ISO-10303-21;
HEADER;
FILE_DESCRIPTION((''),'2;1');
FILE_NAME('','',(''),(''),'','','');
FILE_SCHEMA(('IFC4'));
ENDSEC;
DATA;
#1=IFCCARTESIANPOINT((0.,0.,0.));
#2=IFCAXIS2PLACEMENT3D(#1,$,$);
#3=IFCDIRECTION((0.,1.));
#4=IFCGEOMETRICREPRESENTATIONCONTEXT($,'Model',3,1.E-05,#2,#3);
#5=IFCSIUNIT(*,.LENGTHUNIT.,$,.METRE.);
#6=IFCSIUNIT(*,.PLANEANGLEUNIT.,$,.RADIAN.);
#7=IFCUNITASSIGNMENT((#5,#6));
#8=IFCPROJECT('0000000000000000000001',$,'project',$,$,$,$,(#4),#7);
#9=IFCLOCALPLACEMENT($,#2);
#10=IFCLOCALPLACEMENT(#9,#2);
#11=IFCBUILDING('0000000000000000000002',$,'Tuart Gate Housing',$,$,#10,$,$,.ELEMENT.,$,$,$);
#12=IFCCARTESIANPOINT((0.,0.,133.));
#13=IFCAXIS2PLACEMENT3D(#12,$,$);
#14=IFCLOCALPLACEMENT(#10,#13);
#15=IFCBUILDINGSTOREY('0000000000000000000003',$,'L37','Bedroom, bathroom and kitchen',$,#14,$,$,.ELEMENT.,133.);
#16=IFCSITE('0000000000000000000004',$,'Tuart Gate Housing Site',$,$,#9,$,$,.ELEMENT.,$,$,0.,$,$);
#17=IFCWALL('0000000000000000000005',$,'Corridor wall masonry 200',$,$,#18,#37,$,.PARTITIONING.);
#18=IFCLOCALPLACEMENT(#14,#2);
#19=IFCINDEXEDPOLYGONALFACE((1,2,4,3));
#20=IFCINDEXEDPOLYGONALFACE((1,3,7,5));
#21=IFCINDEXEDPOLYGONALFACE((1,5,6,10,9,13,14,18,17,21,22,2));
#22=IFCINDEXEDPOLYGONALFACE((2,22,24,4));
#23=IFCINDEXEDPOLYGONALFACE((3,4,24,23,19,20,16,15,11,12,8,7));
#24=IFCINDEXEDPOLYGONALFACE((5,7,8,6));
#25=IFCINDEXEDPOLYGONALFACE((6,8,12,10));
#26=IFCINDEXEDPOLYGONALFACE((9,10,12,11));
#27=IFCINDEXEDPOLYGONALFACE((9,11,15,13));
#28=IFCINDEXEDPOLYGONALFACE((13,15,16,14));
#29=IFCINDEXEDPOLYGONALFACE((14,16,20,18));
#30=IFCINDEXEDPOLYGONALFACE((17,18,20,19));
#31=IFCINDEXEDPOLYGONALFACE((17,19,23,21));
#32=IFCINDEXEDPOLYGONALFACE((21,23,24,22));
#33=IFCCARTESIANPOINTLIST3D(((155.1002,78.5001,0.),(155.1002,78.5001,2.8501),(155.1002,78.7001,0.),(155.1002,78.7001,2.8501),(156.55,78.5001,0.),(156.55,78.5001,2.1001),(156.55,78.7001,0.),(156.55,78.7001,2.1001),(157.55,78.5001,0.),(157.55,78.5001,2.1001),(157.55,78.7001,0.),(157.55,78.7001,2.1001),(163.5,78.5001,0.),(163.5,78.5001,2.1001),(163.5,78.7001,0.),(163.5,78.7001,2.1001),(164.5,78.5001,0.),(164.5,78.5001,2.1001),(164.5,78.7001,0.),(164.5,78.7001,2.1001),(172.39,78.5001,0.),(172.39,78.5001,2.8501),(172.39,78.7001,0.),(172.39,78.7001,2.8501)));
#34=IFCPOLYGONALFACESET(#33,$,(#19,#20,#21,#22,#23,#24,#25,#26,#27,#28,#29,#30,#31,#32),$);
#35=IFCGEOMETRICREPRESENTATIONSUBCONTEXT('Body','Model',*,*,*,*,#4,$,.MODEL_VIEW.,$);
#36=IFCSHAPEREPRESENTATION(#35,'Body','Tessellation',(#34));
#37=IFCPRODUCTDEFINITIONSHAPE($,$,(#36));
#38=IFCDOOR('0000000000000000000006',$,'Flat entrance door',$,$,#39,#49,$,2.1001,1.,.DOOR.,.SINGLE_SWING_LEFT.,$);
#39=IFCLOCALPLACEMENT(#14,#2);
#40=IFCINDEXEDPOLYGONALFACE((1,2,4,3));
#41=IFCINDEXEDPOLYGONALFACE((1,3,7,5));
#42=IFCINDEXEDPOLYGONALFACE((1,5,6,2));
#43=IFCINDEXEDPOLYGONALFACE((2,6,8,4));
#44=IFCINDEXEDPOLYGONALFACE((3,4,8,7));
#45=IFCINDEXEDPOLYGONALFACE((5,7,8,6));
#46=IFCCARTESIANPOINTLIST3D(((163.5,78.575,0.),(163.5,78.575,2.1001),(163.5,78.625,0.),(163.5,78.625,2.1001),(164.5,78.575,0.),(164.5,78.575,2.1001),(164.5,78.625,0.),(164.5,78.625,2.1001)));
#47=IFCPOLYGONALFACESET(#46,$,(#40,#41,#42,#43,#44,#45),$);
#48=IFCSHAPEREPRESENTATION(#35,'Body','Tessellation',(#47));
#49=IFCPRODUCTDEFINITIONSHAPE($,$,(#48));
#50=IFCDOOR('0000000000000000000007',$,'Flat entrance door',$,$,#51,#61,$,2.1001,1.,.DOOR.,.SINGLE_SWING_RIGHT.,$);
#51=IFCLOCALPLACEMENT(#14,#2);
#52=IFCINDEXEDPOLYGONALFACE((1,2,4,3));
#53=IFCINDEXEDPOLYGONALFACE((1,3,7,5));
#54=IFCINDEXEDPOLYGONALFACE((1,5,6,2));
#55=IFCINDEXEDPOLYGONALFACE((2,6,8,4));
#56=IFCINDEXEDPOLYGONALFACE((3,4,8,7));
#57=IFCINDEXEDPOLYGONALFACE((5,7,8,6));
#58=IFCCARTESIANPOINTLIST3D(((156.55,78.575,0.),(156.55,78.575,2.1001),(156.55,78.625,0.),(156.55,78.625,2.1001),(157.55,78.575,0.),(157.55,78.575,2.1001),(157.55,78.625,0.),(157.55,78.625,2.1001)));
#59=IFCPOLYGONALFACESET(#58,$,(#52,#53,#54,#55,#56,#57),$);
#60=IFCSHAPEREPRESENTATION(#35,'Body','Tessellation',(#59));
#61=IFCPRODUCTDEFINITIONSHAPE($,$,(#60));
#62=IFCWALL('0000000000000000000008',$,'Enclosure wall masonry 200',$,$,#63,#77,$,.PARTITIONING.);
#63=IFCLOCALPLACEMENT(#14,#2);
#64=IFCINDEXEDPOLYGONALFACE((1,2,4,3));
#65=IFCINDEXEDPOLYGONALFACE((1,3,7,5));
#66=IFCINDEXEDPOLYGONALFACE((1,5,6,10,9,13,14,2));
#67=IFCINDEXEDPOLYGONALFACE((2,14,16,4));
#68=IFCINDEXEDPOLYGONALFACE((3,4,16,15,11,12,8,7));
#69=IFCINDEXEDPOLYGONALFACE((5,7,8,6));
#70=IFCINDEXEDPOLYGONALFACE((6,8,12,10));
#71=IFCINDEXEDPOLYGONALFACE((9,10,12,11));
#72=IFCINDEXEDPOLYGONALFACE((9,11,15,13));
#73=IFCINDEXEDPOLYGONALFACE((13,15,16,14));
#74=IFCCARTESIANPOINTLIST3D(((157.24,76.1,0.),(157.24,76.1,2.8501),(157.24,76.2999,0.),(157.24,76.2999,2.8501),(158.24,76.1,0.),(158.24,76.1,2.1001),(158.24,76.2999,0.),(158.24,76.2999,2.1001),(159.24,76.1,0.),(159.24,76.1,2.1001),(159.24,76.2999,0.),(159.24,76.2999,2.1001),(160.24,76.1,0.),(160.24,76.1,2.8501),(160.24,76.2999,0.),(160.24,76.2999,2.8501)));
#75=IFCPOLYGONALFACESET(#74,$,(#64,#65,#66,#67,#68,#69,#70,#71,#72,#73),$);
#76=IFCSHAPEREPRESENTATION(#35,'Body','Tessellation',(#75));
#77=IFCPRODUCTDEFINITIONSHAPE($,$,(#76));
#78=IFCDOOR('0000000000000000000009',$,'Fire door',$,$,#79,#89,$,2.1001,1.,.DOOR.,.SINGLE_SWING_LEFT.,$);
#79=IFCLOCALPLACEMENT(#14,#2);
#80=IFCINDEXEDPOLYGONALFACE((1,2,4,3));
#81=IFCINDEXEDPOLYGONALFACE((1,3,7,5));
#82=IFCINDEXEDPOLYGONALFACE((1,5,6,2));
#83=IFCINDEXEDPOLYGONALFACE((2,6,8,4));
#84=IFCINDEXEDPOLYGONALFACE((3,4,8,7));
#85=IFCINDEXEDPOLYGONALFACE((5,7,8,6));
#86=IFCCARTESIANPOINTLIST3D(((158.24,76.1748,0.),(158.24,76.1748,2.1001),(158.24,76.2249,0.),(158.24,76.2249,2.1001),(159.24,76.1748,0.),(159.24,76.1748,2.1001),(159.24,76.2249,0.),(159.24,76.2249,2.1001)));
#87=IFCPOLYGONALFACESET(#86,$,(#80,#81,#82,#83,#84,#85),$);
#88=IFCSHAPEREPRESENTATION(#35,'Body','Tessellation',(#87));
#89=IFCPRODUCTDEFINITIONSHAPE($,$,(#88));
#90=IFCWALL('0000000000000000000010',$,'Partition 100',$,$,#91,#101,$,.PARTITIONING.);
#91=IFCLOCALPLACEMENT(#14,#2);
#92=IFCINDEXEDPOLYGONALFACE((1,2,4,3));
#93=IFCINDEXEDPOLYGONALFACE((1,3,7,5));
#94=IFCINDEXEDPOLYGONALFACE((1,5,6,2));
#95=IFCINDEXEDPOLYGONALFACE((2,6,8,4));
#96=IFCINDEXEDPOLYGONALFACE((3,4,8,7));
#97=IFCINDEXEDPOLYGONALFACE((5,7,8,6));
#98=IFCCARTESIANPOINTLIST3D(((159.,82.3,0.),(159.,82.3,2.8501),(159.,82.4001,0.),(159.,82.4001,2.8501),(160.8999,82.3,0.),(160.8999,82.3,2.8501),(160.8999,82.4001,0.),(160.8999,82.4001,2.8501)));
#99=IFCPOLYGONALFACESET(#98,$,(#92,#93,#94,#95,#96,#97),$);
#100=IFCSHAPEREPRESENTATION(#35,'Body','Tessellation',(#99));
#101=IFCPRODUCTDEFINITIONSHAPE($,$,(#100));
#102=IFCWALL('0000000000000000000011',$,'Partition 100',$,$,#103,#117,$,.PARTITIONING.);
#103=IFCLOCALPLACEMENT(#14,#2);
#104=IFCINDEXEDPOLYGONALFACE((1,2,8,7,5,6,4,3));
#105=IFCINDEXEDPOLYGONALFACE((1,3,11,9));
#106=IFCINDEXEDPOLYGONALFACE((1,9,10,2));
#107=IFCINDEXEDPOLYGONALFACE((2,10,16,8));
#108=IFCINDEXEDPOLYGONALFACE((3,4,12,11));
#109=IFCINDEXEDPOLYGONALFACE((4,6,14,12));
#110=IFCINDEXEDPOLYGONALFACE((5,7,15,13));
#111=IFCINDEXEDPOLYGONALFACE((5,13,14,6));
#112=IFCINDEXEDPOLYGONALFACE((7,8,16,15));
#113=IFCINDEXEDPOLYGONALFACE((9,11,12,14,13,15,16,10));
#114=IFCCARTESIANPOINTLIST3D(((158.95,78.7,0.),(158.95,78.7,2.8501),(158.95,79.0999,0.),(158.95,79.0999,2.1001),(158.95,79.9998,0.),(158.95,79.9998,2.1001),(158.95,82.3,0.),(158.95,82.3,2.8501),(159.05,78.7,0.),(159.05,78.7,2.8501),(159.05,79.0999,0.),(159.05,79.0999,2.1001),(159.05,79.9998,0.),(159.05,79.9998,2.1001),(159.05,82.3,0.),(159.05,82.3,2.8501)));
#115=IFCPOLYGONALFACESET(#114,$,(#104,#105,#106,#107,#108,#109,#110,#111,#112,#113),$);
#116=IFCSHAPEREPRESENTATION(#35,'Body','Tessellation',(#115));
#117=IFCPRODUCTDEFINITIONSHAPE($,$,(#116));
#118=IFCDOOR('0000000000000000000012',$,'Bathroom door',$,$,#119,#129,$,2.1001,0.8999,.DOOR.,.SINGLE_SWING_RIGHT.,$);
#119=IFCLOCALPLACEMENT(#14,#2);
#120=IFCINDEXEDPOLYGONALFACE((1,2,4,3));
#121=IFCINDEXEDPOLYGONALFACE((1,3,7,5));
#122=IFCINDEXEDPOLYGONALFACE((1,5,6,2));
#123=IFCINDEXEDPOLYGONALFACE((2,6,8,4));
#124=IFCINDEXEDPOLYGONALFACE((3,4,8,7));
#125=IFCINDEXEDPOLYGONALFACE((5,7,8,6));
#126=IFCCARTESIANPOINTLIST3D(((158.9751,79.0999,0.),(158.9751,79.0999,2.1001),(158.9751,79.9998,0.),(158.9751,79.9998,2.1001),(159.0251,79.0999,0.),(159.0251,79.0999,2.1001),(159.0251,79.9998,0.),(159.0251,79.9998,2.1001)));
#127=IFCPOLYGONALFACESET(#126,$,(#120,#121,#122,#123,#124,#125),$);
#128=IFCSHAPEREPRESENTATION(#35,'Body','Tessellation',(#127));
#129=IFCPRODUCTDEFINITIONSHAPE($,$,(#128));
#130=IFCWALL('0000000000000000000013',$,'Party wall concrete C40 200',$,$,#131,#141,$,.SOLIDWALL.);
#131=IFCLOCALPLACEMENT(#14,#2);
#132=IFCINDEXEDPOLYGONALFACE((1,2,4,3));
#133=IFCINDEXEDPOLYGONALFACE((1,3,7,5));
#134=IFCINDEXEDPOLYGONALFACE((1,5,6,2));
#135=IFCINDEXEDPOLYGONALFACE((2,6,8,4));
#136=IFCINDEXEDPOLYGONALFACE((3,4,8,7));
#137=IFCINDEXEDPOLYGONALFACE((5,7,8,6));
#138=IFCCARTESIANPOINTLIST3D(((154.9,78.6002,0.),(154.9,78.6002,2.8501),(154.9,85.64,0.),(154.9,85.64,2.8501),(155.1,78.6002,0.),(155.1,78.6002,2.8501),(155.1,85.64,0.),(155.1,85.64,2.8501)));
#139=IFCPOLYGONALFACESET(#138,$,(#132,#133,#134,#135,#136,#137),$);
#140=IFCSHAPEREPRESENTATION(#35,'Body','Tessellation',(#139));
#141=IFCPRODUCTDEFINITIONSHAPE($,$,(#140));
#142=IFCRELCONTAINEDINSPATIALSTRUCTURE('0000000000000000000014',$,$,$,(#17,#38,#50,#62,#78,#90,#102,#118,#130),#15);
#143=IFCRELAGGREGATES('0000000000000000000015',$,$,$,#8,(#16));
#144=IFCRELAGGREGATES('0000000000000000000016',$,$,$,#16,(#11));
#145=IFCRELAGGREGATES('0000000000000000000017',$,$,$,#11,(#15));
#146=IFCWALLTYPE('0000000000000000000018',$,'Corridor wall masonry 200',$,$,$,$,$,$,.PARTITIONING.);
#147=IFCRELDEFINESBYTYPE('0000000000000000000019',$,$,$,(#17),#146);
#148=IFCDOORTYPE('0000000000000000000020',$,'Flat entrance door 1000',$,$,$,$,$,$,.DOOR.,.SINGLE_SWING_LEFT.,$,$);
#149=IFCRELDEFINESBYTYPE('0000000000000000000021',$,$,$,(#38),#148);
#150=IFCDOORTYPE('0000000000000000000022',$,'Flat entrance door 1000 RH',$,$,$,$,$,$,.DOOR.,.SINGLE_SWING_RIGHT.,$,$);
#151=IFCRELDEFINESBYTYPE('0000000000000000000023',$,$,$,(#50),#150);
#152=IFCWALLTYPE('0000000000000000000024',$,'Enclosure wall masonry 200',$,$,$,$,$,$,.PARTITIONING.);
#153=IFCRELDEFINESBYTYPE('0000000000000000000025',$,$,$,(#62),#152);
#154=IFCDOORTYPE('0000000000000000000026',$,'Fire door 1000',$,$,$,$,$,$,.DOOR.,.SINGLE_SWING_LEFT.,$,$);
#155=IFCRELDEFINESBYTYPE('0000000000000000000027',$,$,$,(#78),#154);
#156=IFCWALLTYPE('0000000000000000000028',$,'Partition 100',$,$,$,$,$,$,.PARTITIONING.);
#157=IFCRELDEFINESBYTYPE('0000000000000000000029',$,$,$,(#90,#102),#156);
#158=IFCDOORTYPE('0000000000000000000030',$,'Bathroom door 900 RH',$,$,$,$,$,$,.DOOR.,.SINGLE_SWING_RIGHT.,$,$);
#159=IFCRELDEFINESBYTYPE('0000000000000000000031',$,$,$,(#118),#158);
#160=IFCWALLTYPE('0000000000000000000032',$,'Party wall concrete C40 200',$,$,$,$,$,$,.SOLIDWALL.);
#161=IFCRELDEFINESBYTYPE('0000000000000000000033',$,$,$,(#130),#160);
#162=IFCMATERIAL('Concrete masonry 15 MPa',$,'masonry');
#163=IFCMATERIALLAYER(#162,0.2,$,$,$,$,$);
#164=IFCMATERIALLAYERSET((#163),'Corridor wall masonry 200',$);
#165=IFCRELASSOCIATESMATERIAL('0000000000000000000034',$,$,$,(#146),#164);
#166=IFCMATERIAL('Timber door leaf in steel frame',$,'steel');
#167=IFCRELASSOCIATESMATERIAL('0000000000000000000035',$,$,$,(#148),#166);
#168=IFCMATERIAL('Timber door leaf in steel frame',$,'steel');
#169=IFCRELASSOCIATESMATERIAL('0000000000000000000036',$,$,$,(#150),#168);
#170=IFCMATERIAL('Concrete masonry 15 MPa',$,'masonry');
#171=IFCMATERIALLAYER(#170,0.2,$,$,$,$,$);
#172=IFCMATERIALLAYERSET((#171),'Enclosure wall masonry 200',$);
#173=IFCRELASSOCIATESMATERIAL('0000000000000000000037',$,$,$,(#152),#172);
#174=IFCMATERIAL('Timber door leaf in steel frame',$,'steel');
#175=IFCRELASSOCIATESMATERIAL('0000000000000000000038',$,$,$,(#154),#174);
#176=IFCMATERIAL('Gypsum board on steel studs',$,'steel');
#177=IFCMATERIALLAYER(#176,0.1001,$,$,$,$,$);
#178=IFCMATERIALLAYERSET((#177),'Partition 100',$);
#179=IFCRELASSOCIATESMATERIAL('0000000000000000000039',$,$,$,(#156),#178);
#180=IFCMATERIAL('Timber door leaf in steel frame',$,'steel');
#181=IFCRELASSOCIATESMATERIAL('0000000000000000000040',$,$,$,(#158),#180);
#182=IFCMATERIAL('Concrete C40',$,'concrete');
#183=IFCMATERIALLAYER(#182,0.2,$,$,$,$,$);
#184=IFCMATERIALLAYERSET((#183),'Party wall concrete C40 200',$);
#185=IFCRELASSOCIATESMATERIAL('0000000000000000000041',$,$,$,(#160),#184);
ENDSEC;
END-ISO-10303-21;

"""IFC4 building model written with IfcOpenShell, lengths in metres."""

from ifc_helpers import new_model, si_unit, direction, frame, frame_2d, origin, place, context, subcontext, project, spatial, rectangle, extrude, material, layer, layer_set, type_object, element, fill, save


model = new_model("IFC4")

# Units and contexts
model_context = context("Model", 3, precision=1e-05, world=origin(), true_north=direction((0.0, 1.0)))
body_context = subcontext(model_context, "Body", "Model", "MODEL_VIEW")
ifc_project = project(units=[si_unit("LENGTHUNIT", "METRE"), si_unit("PLANEANGLEUNIT", "RADIAN")], contexts=[model_context])

# Site, building, storey
site_placement = place(None, origin())
site = spatial("IfcSite", under=ifc_project, at=site_placement, Name="Tuart Gate Housing Site", CompositionType="ELEMENT", RefElevation=0.0)
building_placement = place(site_placement, origin())
building = spatial("IfcBuilding", under=site, at=building_placement, Name="Tuart Gate Housing", CompositionType="ELEMENT")
storey_placement = place(building_placement, frame((0.0, 0.0, 133.0)))
storey = spatial("IfcBuildingStorey", under=building, at=storey_placement, Name="L37", Description="Bedroom, bathroom and kitchen", CompositionType="ELEMENT", Elevation=133.0)

# Shared definitions
ifc_material_1 = material(Name="Concrete masonry 15 MPa", Category="masonry")
ifc_layer_1 = layer(ifc_material_1, 0.2)
ifc_layer_set_1 = layer_set([ifc_layer_1], Name="Corridor wall masonry 200")
wall_type_1 = type_object("IfcWallType", Name="Corridor wall masonry 200", PredefinedType="PARTITIONING", material=ifc_layer_set_1)

# Wall, openings, doors
wall_1_placement = place(storey_placement, frame((155.1001, 78.6001, 0.0), z_axis=(0.0, 0.0, 1.0), x_axis=(1.0, 0.0, 0.0)))
wall_1 = element("IfcWall", 1, at=wall_1_placement, inside=storey, type_object=wall_type_1, Name="Corridor wall masonry 200", PredefinedType="PARTITIONING", context=body_context, shape_type="SweptSolid", body=[
    extrude(rectangle(XDim=17.2898, YDim=0.2, at=frame_2d((8.645, 0.0))), origin(), (0.0, 0.0, 1.0), 2.8501),
])
opening_1_placement = place(wall_1_placement, frame((1.45, 0.0, 0.0)))
opening_1 = element("IfcOpeningElement", 2, at=opening_1_placement, cuts=wall_1, PredefinedType="OPENING", context=body_context, shape_type="SweptSolid", body=[
    extrude(rectangle(XDim=1.0, YDim=2.1001, at=frame_2d((0.5, 1.05))), frame((0.0, 0.1099, 0.0), z_axis=(0.0, -1.0, 0.0), x_axis=(1.0, 0.0, 0.0)), (0.0, 0.0, 1.0), 0.22),
])
opening_2_placement = place(wall_1_placement, frame((8.3999, 0.0, 0.0)))
opening_2 = element("IfcOpeningElement", 3, at=opening_2_placement, cuts=wall_1, PredefinedType="OPENING", context=body_context, shape_type="SweptSolid", body=[
    extrude(rectangle(XDim=1.0, YDim=2.1001, at=frame_2d((0.5, 1.05))), frame((0.0, 0.1099, 0.0), z_axis=(0.0, -1.0, 0.0), x_axis=(1.0, 0.0, 0.0)), (0.0, 0.0, 1.0), 0.22),
])
ifc_material_2 = material(Name="Timber door leaf in steel frame", Category="steel")
door_type_1 = type_object("IfcDoorType", Name="Flat entrance door 1000", OperationType="SINGLE_SWING_LEFT", PredefinedType="DOOR", material=ifc_material_2)
door_1_placement = place(opening_2_placement, origin())
door_1 = element("IfcDoor", 4, at=door_1_placement, inside=storey, type_object=door_type_1, Name="Flat entrance door", OperationType="SINGLE_SWING_LEFT", OverallHeight=2.1001, OverallWidth=1.0, PredefinedType="DOOR", context=body_context, shape_type="SweptSolid", body=[
    extrude(rectangle(XDim=1.0, YDim=2.1001, at=frame_2d((0.5, 1.05))), frame((0.0, 0.0249, 0.0), z_axis=(0.0, -1.0, 0.0), x_axis=(1.0, 0.0, 0.0)), (0.0, 0.0, 1.0), 0.05),
])
fill(opening_2, door_1)
ifc_material_3 = material(Name="Timber door leaf in steel frame", Category="steel")
door_type_2 = type_object("IfcDoorType", Name="Flat entrance door 1000 RH", OperationType="SINGLE_SWING_RIGHT", PredefinedType="DOOR", material=ifc_material_3)
door_2_placement = place(opening_1_placement, origin())
door_2 = element("IfcDoor", 5, at=door_2_placement, inside=storey, type_object=door_type_2, Name="Flat entrance door", OperationType="SINGLE_SWING_RIGHT", OverallHeight=2.1001, OverallWidth=1.0, PredefinedType="DOOR", context=body_context, shape_type="SweptSolid", body=[
    extrude(rectangle(XDim=1.0, YDim=2.1001, at=frame_2d((0.5, 1.05))), frame((0.0, 0.0249, 0.0), z_axis=(0.0, -1.0, 0.0), x_axis=(1.0, 0.0, 0.0)), (0.0, 0.0, 1.0), 0.05),
])
fill(opening_1, door_2)

# Wall, opening, door
ifc_material_4 = material(Name="Concrete masonry 15 MPa", Category="masonry")
ifc_layer_2 = layer(ifc_material_4, 0.2)
ifc_layer_set_2 = layer_set([ifc_layer_2], Name="Enclosure wall masonry 200")
wall_type_2 = type_object("IfcWallType", Name="Enclosure wall masonry 200", PredefinedType="PARTITIONING", material=ifc_layer_set_2)
wall_2_placement = place(storey_placement, frame((157.24, 76.2, 0.0), z_axis=(0.0, 0.0, 1.0), x_axis=(1.0, 0.0, 0.0)))
wall_2 = element("IfcWall", 6, at=wall_2_placement, inside=storey, type_object=wall_type_2, Name="Enclosure wall masonry 200", PredefinedType="PARTITIONING", context=body_context, shape_type="SweptSolid", body=[
    extrude(rectangle(XDim=3.0, YDim=0.2, at=frame_2d((1.5, 0.0))), origin(), (0.0, 0.0, 1.0), 2.8501),
])
opening_3_placement = place(wall_2_placement, frame((1.0, 0.0, 0.0)))
opening_3 = element("IfcOpeningElement", 7, at=opening_3_placement, cuts=wall_2, PredefinedType="OPENING", context=body_context, shape_type="SweptSolid", body=[
    extrude(rectangle(XDim=1.0, YDim=2.1001, at=frame_2d((0.5, 1.05))), frame((0.0, 0.1099, 0.0), z_axis=(0.0, -1.0, 0.0), x_axis=(1.0, 0.0, 0.0)), (0.0, 0.0, 1.0), 0.22),
])
ifc_material_5 = material(Name="Timber door leaf in steel frame", Category="steel")
door_type_3 = type_object("IfcDoorType", Name="Fire door 1000", OperationType="SINGLE_SWING_LEFT", PredefinedType="DOOR", material=ifc_material_5)
door_3_placement = place(opening_3_placement, origin())
door_3 = element("IfcDoor", 8, at=door_3_placement, inside=storey, type_object=door_type_3, Name="Fire door", OperationType="SINGLE_SWING_LEFT", OverallHeight=2.1001, OverallWidth=1.0, PredefinedType="DOOR", context=body_context, shape_type="SweptSolid", body=[
    extrude(rectangle(XDim=1.0, YDim=2.1001, at=frame_2d((0.5, 1.05))), frame((0.0, 0.0249, 0.0), z_axis=(0.0, -1.0, 0.0), x_axis=(1.0, 0.0, 0.0)), (0.0, 0.0, 1.0), 0.05),
])
fill(opening_3, door_3)

# Wall
ifc_material_6 = material(Name="Gypsum board on steel studs", Category="steel")
ifc_layer_3 = layer(ifc_material_6, 0.1001)
ifc_layer_set_3 = layer_set([ifc_layer_3], Name="Partition 100")
wall_type_3 = type_object("IfcWallType", Name="Partition 100", PredefinedType="PARTITIONING", material=ifc_layer_set_3)
wall_3_placement = place(storey_placement, frame((159.0, 82.3501, 0.0), z_axis=(0.0, 0.0, 1.0), x_axis=(1.0, 0.0, 0.0)))
element("IfcWall", 9, at=wall_3_placement, inside=storey, type_object=wall_type_3, Name="Partition 100", PredefinedType="PARTITIONING", context=body_context, shape_type="SweptSolid", body=[
    extrude(rectangle(XDim=1.8999, YDim=0.1001, at=frame_2d((0.95, 0.0))), origin(), (0.0, 0.0, 1.0), 2.8501),
])

# Wall, opening, door
wall_4_placement = place(storey_placement, frame((159.0, 78.7, 0.0), z_axis=(0.0, 0.0, 1.0), x_axis=(0.0, 1.0, 0.0)))
wall_4 = element("IfcWall", 10, at=wall_4_placement, inside=storey, type_object=wall_type_3, Name="Partition 100", PredefinedType="PARTITIONING", context=body_context, shape_type="SweptSolid", body=[
    extrude(rectangle(XDim=3.6001, YDim=0.1001, at=frame_2d((1.8, 0.0))), origin(), (0.0, 0.0, 1.0), 2.8501),
])
opening_4_placement = place(wall_4_placement, frame((0.3999, 0.0, 0.0)))
opening_4 = element("IfcOpeningElement", 11, at=opening_4_placement, cuts=wall_4, PredefinedType="OPENING", context=body_context, shape_type="SweptSolid", body=[
    extrude(rectangle(XDim=0.8999, YDim=2.1001, at=frame_2d((0.45, 1.05))), frame((0.0, 0.0601, 0.0), z_axis=(0.0, -1.0, 0.0), x_axis=(1.0, 0.0, 0.0)), (0.0, 0.0, 1.0), 0.1201),
])
ifc_material_7 = material(Name="Timber door leaf in steel frame", Category="steel")
door_type_4 = type_object("IfcDoorType", Name="Bathroom door 900 RH", OperationType="SINGLE_SWING_RIGHT", PredefinedType="DOOR", material=ifc_material_7)
door_4_placement = place(opening_4_placement, frame((0.8999, 0.0, 0.0), z_axis=(0.0, 0.0, 1.0), x_axis=(-1.0, 0.0, 0.0)))
door_4 = element("IfcDoor", 12, at=door_4_placement, inside=storey, type_object=door_type_4, Name="Bathroom door", OperationType="SINGLE_SWING_RIGHT", OverallHeight=2.1001, OverallWidth=0.8999, PredefinedType="DOOR", context=body_context, shape_type="SweptSolid", body=[
    extrude(rectangle(XDim=0.8999, YDim=2.1001, at=frame_2d((0.45, 1.05))), frame((0.0, 0.0251, 0.0), z_axis=(0.0, -1.0, 0.0), x_axis=(1.0, 0.0, 0.0)), (0.0, 0.0, 1.0), 0.05),
])
fill(opening_4, door_4)

# Wall
ifc_material_8 = material(Name="Concrete C40", Category="concrete")
ifc_layer_4 = layer(ifc_material_8, 0.2)
ifc_layer_set_4 = layer_set([ifc_layer_4], Name="Party wall concrete C40 200")
wall_type_4 = type_object("IfcWallType", Name="Party wall concrete C40 200", PredefinedType="SOLIDWALL", material=ifc_layer_set_4)
wall_5_placement = place(storey_placement, frame((155.0, 78.6001, 0.0), z_axis=(0.0, 0.0, 1.0), x_axis=(0.0, 1.0, 0.0)))
element("IfcWall", 13, at=wall_5_placement, inside=storey, type_object=wall_type_4, Name="Party wall concrete C40 200", PredefinedType="SOLIDWALL", context=body_context, shape_type="SweptSolid", body=[
    extrude(rectangle(XDim=7.0398, YDim=0.2, at=frame_2d((3.52, 0.0))), origin(), (0.0, 0.0, 1.0), 2.8501),
])

save(model, "model.ifc")
